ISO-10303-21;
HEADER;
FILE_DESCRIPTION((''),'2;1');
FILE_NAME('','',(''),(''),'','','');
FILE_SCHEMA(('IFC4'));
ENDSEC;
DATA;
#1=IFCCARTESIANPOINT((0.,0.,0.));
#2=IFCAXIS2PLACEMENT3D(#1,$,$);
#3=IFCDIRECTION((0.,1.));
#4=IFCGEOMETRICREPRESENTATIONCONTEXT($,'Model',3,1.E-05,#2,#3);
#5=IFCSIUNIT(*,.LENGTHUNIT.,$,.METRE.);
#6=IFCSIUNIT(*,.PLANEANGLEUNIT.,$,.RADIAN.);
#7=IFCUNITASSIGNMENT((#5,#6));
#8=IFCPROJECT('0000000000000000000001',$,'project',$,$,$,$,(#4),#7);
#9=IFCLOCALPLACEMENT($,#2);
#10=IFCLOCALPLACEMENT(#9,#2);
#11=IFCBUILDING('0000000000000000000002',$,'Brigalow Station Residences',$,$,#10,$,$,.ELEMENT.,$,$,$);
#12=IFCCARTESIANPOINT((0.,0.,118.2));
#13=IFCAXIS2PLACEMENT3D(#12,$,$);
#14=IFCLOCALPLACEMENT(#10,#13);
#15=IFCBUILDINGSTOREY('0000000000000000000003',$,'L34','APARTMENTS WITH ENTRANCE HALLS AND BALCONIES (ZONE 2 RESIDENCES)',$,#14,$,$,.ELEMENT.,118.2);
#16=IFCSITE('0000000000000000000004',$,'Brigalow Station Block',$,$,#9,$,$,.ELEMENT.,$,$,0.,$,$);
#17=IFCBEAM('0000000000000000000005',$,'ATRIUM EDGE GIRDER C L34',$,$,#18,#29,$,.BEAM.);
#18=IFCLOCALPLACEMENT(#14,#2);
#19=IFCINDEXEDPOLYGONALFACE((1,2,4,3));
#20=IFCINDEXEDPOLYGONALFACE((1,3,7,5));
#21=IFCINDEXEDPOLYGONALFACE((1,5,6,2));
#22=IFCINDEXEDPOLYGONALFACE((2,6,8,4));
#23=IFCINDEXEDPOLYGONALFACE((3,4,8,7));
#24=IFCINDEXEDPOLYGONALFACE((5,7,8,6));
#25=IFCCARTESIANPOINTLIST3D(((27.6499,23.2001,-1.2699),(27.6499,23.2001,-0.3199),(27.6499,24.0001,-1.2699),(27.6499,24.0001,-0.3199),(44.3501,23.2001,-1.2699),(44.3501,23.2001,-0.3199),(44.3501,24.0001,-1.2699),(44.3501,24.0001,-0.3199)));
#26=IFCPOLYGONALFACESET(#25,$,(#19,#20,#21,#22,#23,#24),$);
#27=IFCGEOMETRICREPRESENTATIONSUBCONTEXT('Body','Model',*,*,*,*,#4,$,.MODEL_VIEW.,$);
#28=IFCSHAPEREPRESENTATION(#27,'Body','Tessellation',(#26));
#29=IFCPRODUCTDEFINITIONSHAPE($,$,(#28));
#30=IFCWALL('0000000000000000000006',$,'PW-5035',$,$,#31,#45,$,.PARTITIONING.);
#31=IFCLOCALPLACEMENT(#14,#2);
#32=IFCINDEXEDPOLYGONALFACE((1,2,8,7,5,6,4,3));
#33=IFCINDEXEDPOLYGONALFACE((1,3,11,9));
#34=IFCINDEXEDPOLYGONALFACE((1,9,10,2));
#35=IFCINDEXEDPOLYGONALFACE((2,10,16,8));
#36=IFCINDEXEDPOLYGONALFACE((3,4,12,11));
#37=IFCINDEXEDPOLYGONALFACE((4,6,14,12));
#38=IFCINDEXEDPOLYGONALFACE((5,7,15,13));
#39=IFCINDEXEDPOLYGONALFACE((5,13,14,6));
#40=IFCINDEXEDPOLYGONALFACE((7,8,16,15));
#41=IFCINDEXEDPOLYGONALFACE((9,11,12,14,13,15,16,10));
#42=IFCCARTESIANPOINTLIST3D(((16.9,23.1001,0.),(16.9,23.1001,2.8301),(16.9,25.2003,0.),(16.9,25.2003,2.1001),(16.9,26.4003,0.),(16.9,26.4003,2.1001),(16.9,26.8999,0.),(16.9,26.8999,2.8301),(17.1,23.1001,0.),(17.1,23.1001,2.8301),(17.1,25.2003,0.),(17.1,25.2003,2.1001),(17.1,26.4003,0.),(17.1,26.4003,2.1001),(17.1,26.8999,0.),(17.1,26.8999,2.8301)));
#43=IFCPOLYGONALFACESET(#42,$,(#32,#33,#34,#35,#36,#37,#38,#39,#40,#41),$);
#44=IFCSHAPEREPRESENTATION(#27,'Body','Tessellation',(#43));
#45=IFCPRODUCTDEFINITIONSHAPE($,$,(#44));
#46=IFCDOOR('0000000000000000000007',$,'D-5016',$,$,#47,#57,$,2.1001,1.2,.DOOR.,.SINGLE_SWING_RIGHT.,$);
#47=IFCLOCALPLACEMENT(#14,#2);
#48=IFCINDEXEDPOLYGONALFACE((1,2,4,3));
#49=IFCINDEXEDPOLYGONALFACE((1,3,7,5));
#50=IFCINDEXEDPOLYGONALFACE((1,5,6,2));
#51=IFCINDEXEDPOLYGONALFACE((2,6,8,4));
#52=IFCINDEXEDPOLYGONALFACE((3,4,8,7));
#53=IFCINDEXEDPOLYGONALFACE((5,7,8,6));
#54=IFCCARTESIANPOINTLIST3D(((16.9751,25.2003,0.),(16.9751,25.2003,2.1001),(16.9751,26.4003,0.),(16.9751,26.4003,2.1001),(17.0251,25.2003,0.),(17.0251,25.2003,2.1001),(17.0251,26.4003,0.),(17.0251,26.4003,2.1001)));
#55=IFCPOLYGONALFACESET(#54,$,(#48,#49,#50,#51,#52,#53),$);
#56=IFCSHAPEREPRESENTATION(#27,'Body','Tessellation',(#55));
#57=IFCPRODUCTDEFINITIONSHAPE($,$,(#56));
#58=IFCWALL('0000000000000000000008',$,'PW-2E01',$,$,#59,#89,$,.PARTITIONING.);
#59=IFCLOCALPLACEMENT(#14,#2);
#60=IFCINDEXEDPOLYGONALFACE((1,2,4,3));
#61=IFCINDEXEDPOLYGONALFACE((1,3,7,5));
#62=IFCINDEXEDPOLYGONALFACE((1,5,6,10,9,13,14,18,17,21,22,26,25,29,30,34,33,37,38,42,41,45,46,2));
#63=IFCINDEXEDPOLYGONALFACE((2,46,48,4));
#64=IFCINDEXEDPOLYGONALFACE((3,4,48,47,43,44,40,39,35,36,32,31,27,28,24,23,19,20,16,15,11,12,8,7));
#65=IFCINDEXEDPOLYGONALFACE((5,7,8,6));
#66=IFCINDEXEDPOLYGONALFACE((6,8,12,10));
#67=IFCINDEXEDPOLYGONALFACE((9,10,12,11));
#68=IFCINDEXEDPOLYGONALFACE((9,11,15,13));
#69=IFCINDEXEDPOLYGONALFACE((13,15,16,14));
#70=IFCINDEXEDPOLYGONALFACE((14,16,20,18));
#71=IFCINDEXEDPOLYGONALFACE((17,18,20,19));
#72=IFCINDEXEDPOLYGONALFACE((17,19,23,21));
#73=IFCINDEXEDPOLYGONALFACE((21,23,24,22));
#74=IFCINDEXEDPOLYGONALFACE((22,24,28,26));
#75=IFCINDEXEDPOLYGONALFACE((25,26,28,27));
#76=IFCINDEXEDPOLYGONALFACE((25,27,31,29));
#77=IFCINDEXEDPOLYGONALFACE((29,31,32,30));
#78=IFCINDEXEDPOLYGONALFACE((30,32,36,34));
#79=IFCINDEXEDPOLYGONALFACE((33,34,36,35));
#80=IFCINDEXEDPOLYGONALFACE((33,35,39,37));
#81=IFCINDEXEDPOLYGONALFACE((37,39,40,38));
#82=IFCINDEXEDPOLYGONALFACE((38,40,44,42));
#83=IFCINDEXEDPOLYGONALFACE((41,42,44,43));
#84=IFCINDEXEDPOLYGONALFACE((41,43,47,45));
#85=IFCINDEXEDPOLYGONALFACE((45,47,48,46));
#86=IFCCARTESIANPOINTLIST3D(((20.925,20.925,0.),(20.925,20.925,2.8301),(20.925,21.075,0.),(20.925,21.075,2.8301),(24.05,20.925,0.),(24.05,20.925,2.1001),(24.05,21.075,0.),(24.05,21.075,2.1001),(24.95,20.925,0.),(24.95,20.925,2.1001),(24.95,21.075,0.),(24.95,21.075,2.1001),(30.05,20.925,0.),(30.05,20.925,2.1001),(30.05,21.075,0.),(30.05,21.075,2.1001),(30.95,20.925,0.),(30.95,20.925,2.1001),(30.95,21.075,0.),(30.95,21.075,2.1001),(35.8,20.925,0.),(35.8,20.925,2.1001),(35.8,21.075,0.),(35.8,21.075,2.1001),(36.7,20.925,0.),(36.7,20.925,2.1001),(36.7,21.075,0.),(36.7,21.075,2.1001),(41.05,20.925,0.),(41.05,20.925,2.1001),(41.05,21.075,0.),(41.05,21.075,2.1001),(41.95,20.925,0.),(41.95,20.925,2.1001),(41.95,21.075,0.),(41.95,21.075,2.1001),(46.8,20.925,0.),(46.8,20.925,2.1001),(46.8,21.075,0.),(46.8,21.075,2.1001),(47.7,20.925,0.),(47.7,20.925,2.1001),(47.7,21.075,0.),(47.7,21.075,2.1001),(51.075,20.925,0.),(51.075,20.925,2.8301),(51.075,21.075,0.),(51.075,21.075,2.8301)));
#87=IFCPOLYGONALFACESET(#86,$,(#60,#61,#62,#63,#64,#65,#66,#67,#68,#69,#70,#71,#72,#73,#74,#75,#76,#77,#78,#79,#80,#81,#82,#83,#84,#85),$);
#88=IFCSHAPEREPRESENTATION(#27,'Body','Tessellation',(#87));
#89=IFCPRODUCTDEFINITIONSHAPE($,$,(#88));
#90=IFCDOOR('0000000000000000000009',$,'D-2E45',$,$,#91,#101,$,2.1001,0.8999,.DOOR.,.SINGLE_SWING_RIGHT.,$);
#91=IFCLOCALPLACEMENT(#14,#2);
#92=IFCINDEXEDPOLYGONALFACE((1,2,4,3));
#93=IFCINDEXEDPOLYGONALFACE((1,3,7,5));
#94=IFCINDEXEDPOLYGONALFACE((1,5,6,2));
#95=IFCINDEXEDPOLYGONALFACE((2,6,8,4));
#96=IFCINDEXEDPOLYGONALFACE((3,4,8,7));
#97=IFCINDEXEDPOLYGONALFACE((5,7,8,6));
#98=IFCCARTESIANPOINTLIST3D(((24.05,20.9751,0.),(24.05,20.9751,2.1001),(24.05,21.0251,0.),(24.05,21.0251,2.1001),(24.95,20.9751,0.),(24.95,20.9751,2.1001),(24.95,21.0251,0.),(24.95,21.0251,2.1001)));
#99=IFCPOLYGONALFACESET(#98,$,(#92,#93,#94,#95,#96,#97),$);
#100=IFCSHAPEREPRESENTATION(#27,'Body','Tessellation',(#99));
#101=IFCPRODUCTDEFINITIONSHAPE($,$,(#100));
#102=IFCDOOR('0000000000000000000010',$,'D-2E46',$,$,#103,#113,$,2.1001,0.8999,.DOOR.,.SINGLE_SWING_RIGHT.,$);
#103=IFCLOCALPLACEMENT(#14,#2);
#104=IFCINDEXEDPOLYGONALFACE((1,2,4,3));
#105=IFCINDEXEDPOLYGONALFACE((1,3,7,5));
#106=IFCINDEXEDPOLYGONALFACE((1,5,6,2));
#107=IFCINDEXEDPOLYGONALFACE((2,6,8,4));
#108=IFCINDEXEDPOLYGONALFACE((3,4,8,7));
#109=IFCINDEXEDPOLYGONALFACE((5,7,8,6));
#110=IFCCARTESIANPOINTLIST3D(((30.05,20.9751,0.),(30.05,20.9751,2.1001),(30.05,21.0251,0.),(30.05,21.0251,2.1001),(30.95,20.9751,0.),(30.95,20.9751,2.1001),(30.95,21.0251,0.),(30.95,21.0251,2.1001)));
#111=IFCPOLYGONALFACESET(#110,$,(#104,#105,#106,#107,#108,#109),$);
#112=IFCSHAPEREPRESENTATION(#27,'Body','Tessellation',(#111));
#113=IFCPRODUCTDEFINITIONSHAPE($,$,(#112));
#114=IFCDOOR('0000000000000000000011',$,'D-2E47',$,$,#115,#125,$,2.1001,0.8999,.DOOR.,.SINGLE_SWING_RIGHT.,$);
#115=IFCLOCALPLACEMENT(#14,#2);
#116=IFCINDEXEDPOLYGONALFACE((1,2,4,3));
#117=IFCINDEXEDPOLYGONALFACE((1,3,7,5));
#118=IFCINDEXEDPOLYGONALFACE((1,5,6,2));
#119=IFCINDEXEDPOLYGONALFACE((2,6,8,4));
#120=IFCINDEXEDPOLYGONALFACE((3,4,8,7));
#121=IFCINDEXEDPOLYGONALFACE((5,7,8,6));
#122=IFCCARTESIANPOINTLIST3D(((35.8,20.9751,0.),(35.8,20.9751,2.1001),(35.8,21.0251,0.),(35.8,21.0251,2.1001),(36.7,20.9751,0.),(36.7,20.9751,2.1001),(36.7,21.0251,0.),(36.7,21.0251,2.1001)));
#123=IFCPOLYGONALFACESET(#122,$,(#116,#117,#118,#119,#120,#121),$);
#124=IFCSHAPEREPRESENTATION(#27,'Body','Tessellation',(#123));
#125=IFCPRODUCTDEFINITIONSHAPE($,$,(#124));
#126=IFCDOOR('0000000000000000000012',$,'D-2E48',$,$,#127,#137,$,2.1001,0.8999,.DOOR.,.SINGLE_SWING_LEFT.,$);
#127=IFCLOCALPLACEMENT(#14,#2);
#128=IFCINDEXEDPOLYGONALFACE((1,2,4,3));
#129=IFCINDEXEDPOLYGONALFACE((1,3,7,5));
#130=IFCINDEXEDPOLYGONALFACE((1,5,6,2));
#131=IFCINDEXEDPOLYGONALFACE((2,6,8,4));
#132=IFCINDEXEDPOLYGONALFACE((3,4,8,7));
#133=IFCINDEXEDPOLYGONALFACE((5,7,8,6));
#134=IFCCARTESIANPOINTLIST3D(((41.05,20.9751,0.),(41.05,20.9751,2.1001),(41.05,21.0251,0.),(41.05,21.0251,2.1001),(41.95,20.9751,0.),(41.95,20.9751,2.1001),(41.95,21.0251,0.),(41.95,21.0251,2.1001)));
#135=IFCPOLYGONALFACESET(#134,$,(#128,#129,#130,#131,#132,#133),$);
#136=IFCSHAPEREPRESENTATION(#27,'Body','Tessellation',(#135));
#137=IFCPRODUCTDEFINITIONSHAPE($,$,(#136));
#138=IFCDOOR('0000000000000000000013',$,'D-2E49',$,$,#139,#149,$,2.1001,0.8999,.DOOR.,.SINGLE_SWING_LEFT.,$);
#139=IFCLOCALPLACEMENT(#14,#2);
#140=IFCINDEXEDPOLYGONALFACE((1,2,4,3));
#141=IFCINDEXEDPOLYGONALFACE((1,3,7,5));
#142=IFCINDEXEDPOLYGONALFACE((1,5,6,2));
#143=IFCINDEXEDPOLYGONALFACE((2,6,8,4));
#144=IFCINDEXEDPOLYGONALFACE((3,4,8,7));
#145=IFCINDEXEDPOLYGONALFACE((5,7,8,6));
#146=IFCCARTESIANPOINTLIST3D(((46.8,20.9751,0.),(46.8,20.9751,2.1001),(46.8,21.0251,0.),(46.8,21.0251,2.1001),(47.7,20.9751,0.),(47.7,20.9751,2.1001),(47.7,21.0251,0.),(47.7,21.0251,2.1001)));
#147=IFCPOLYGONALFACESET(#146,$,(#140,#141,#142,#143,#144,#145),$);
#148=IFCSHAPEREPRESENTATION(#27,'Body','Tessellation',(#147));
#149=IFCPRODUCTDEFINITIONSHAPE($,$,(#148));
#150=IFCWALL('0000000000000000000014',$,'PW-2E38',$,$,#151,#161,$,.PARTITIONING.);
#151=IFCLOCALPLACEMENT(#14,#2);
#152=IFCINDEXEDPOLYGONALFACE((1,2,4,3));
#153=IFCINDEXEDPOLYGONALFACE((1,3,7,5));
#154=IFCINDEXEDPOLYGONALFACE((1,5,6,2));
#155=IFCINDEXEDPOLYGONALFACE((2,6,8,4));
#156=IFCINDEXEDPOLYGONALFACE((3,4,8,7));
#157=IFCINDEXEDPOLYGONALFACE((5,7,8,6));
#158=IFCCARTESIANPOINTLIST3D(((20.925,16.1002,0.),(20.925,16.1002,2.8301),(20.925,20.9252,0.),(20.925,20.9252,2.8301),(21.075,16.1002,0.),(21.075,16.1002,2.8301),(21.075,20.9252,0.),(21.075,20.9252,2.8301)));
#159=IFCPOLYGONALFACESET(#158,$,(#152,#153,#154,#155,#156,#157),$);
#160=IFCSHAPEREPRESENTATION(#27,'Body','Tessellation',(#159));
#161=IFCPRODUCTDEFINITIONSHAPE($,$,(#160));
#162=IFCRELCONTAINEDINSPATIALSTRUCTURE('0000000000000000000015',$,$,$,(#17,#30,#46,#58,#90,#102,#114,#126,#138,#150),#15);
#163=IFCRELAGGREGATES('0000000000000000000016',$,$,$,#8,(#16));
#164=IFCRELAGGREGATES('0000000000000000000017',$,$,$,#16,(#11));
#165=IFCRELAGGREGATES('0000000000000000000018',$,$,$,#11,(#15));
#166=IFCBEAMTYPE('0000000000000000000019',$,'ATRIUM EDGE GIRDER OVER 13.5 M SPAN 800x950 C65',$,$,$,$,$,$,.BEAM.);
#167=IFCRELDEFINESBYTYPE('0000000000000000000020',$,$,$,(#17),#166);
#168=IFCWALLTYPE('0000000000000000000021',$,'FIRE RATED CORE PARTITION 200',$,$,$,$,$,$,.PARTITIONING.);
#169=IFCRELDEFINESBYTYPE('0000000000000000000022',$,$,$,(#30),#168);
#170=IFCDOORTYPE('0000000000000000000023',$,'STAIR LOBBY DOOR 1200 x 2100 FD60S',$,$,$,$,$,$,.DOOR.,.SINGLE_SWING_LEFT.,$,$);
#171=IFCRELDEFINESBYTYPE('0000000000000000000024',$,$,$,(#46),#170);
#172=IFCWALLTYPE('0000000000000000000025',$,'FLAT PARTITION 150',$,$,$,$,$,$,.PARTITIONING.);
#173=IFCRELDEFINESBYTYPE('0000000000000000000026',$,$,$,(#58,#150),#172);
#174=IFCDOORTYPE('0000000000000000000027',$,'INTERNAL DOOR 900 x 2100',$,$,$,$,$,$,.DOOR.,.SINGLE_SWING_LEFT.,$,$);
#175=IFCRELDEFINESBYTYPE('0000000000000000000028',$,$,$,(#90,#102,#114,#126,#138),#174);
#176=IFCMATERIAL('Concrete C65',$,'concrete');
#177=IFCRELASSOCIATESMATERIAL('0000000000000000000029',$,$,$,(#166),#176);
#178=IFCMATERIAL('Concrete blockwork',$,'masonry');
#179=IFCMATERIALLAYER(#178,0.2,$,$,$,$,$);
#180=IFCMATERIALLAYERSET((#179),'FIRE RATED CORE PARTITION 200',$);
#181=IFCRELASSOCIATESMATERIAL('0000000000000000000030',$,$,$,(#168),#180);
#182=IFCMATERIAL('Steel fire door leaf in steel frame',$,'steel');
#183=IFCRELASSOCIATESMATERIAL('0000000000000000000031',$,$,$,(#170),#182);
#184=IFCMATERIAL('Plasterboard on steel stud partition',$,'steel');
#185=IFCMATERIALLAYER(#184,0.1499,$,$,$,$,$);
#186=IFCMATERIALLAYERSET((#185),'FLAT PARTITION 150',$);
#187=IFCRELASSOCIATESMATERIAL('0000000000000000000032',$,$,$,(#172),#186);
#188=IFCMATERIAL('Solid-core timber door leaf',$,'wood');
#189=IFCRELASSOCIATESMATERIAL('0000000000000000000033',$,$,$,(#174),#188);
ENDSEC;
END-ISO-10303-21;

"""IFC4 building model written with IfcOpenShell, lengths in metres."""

from ifc_helpers import new_model, si_unit, direction, frame, frame_2d, origin, origin_2d, place, context, subcontext, project, spatial, rectangle, extrude, material, layer, layer_set, material_profile, profile_set, type_object, element, fill, save


model = new_model("IFC4")

# Units and contexts
model_context = context("Model", 3, precision=1e-05, world=origin(), true_north=direction((0.0, 1.0)))
body_context = subcontext(model_context, "Body", "Model", "MODEL_VIEW")
ifc_project = project(units=[si_unit("LENGTHUNIT", "METRE"), si_unit("PLANEANGLEUNIT", "RADIAN")], contexts=[model_context])

# Site, building, storey
site_placement = place(None, origin())
site = spatial("IfcSite", under=ifc_project, at=site_placement, Name="Brigalow Station Block", CompositionType="ELEMENT", RefElevation=0.0)
building_placement = place(site_placement, origin())
building = spatial("IfcBuilding", under=site, at=building_placement, Name="Brigalow Station Residences", CompositionType="ELEMENT")
storey_placement = place(building_placement, frame((0.0, 0.0, 118.2)))
storey = spatial("IfcBuildingStorey", under=building, at=storey_placement, Name="L34", Description="APARTMENTS WITH ENTRANCE HALLS AND BALCONIES (ZONE 2 RESIDENCES)", CompositionType="ELEMENT", Elevation=118.2)

# Beam
ifc_material_1 = material(Name="Concrete C65", Category="concrete")
ifc_material_profile = material_profile(ifc_material_1, rectangle(XDim=0.8, YDim=0.95, at=origin_2d()), Name="RC800x950")
ifc_profile_set = profile_set([ifc_material_profile], Name="Concrete C65")
beam_type = type_object("IfcBeamType", Name="ATRIUM EDGE GIRDER OVER 13.5 M SPAN 800x950 C65", PredefinedType="BEAM", material=ifc_profile_set)
beam_placement = place(storey_placement, frame((27.6499, 23.6001, -0.7949), z_axis=(1.0, 0.0, 0.0), x_axis=(0.0, 1.0, 0.0)))
element("IfcBeam", 1, at=beam_placement, inside=storey, type_object=beam_type, Name="ATRIUM EDGE GIRDER C L34", PredefinedType="BEAM", context=body_context, shape_type="SweptSolid", body=[
    extrude(rectangle(XDim=0.8, YDim=0.95, at=origin_2d()), origin(), (0.0, 0.0, 1.0), 16.7002),
])

# Wall, opening, door
ifc_material_2 = material(Name="Concrete blockwork", Category="masonry")
ifc_layer_1 = layer(ifc_material_2, 0.2)
ifc_layer_set_1 = layer_set([ifc_layer_1], Name="FIRE RATED CORE PARTITION 200")
wall_type_1 = type_object("IfcWallType", Name="FIRE RATED CORE PARTITION 200", PredefinedType="PARTITIONING", material=ifc_layer_set_1)
wall_1_placement = place(storey_placement, frame((17.0, 23.1001, 0.0), z_axis=(0.0, 0.0, 1.0), x_axis=(0.0, 1.0, 0.0)))
wall_1 = element("IfcWall", 2, at=wall_1_placement, inside=storey, type_object=wall_type_1, Name="PW-5035", PredefinedType="PARTITIONING", context=body_context, shape_type="SweptSolid", body=[
    extrude(rectangle(XDim=3.7998, YDim=0.2, at=frame_2d((1.8999, 0.0))), origin(), (0.0, 0.0, 1.0), 2.8301),
])
opening_1_placement = place(wall_1_placement, frame((2.1001, 0.0, 0.0)))
opening_1 = element("IfcOpeningElement", 3, at=opening_1_placement, cuts=wall_1, PredefinedType="OPENING", context=body_context, shape_type="SweptSolid", body=[
    extrude(rectangle(XDim=1.2, YDim=2.1001, at=frame_2d((0.6001, 1.05))), frame((0.0, 0.1099, 0.0), z_axis=(0.0, -1.0, 0.0), x_axis=(1.0, 0.0, 0.0)), (0.0, 0.0, 1.0), 0.22),
])
ifc_material_3 = material(Name="Steel fire door leaf in steel frame", Category="steel")
door_type_1 = type_object("IfcDoorType", Name="STAIR LOBBY DOOR 1200 x 2100 FD60S", OperationType="SINGLE_SWING_LEFT", PredefinedType="DOOR", material=ifc_material_3)
door_1_placement = place(opening_1_placement, origin())
door_1 = element("IfcDoor", 4, at=door_1_placement, inside=storey, type_object=door_type_1, Name="D-5016", OperationType="SINGLE_SWING_RIGHT", OverallHeight=2.1001, OverallWidth=1.2, PredefinedType="DOOR", context=body_context, shape_type="SweptSolid", body=[
    extrude(rectangle(XDim=1.2, YDim=2.1001, at=frame_2d((0.6001, 1.05))), frame((0.0, 0.0249, 0.0), z_axis=(0.0, -1.0, 0.0), x_axis=(1.0, 0.0, 0.0)), (0.0, 0.0, 1.0), 0.05),
])
fill(opening_1, door_1)

# Wall, openings, doors
ifc_material_4 = material(Name="Plasterboard on steel stud partition", Category="steel")
ifc_layer_2 = layer(ifc_material_4, 0.1499)
ifc_layer_set_2 = layer_set([ifc_layer_2], Name="FLAT PARTITION 150")
wall_type_2 = type_object("IfcWallType", Name="FLAT PARTITION 150", PredefinedType="PARTITIONING", material=ifc_layer_set_2)
wall_2_placement = place(storey_placement, frame((20.925, 21.0, 0.0), z_axis=(0.0, 0.0, 1.0), x_axis=(1.0, 0.0, 0.0)))
wall_2 = element("IfcWall", 5, at=wall_2_placement, inside=storey, type_object=wall_type_2, Name="PW-2E01", PredefinedType="PARTITIONING", context=body_context, shape_type="SweptSolid", body=[
    extrude(rectangle(XDim=30.1499, YDim=0.1499, at=frame_2d((15.075, 0.0))), origin(), (0.0, 0.0, 1.0), 2.8301),
])
opening_2_placement = place(wall_2_placement, frame((3.125, 0.0, 0.0)))
opening_2 = element("IfcOpeningElement", 6, at=opening_2_placement, cuts=wall_2, PredefinedType="OPENING", context=body_context, shape_type="SweptSolid", body=[
    extrude(rectangle(XDim=0.8999, YDim=2.1001, at=frame_2d((0.45, 1.05))), frame((0.0, 0.085, 0.0), z_axis=(0.0, -1.0, 0.0), x_axis=(1.0, 0.0, 0.0)), (0.0, 0.0, 1.0), 0.1699),
])
opening_3_placement = place(wall_2_placement, frame((9.125, 0.0, 0.0)))
opening_3 = element("IfcOpeningElement", 7, at=opening_3_placement, cuts=wall_2, PredefinedType="OPENING", context=body_context, shape_type="SweptSolid", body=[
    extrude(rectangle(XDim=0.8999, YDim=2.1001, at=frame_2d((0.45, 1.05))), frame((0.0, 0.085, 0.0), z_axis=(0.0, -1.0, 0.0), x_axis=(1.0, 0.0, 0.0)), (0.0, 0.0, 1.0), 0.1699),
])
opening_4_placement = place(wall_2_placement, frame((14.875, 0.0, 0.0)))
opening_4 = element("IfcOpeningElement", 8, at=opening_4_placement, cuts=wall_2, PredefinedType="OPENING", context=body_context, shape_type="SweptSolid", body=[
    extrude(rectangle(XDim=0.8999, YDim=2.1001, at=frame_2d((0.45, 1.05))), frame((0.0, 0.085, 0.0), z_axis=(0.0, -1.0, 0.0), x_axis=(1.0, 0.0, 0.0)), (0.0, 0.0, 1.0), 0.1699),
])
opening_5_placement = place(wall_2_placement, frame((20.125, 0.0, 0.0)))
opening_5 = element("IfcOpeningElement", 9, at=opening_5_placement, cuts=wall_2, PredefinedType="OPENING", context=body_context, shape_type="SweptSolid", body=[
    extrude(rectangle(XDim=0.8999, YDim=2.1001, at=frame_2d((0.45, 1.05))), frame((0.0, 0.085, 0.0), z_axis=(0.0, -1.0, 0.0), x_axis=(1.0, 0.0, 0.0)), (0.0, 0.0, 1.0), 0.1699),
])
opening_6_placement = place(wall_2_placement, frame((25.875, 0.0, 0.0)))
opening_6 = element("IfcOpeningElement", 10, at=opening_6_placement, cuts=wall_2, PredefinedType="OPENING", context=body_context, shape_type="SweptSolid", body=[
    extrude(rectangle(XDim=0.8999, YDim=2.1001, at=frame_2d((0.45, 1.05))), frame((0.0, 0.085, 0.0), z_axis=(0.0, -1.0, 0.0), x_axis=(1.0, 0.0, 0.0)), (0.0, 0.0, 1.0), 0.1699),
])
ifc_material_5 = material(Name="Solid-core timber door leaf", Category="wood")
door_type_2 = type_object("IfcDoorType", Name="INTERNAL DOOR 900 x 2100", OperationType="SINGLE_SWING_LEFT", PredefinedType="DOOR", material=ifc_material_5)
door_2_placement = place(opening_2_placement, frame((0.8999, 0.0, 0.0), z_axis=(0.0, 0.0, 1.0), x_axis=(-1.0, 0.0, 0.0)))
door_2 = element("IfcDoor", 11, at=door_2_placement, inside=storey, type_object=door_type_2, Name="D-2E45", OperationType="SINGLE_SWING_RIGHT", OverallHeight=2.1001, OverallWidth=0.8999, PredefinedType="DOOR", context=body_context, shape_type="SweptSolid", body=[
    extrude(rectangle(XDim=0.8999, YDim=2.1001, at=frame_2d((0.45, 1.05))), frame((0.0, 0.0249, 0.0), z_axis=(0.0, -1.0, 0.0), x_axis=(1.0, 0.0, 0.0)), (0.0, 0.0, 1.0), 0.05),
])
fill(opening_2, door_2)
door_3_placement = place(opening_3_placement, frame((0.8999, 0.0, 0.0), z_axis=(0.0, 0.0, 1.0), x_axis=(-1.0, 0.0, 0.0)))
door_3 = element("IfcDoor", 12, at=door_3_placement, inside=storey, type_object=door_type_2, Name="D-2E46", OperationType="SINGLE_SWING_RIGHT", OverallHeight=2.1001, OverallWidth=0.8999, PredefinedType="DOOR", context=body_context, shape_type="SweptSolid", body=[
    extrude(rectangle(XDim=0.8999, YDim=2.1001, at=frame_2d((0.45, 1.05))), frame((0.0, 0.0249, 0.0), z_axis=(0.0, -1.0, 0.0), x_axis=(1.0, 0.0, 0.0)), (0.0, 0.0, 1.0), 0.05),
])
fill(opening_3, door_3)
door_4_placement = place(opening_4_placement, frame((0.8999, 0.0, 0.0), z_axis=(0.0, 0.0, 1.0), x_axis=(-1.0, 0.0, 0.0)))
door_4 = element("IfcDoor", 13, at=door_4_placement, inside=storey, type_object=door_type_2, Name="D-2E47", OperationType="SINGLE_SWING_RIGHT", OverallHeight=2.1001, OverallWidth=0.8999, PredefinedType="DOOR", context=body_context, shape_type="SweptSolid", body=[
    extrude(rectangle(XDim=0.8999, YDim=2.1001, at=frame_2d((0.45, 1.05))), frame((0.0, 0.0249, 0.0), z_axis=(0.0, -1.0, 0.0), x_axis=(1.0, 0.0, 0.0)), (0.0, 0.0, 1.0), 0.05),
])
fill(opening_4, door_4)
door_5_placement = place(opening_5_placement, frame((0.8999, 0.0, 0.0), z_axis=(0.0, 0.0, 1.0), x_axis=(-1.0, 0.0, 0.0)))
door_5 = element("IfcDoor", 14, at=door_5_placement, inside=storey, type_object=door_type_2, Name="D-2E48", OperationType="SINGLE_SWING_LEFT", OverallHeight=2.1001, OverallWidth=0.8999, PredefinedType="DOOR", context=body_context, shape_type="SweptSolid", body=[
    extrude(rectangle(XDim=0.8999, YDim=2.1001, at=frame_2d((0.45, 1.05))), frame((0.0, 0.0249, 0.0), z_axis=(0.0, -1.0, 0.0), x_axis=(1.0, 0.0, 0.0)), (0.0, 0.0, 1.0), 0.05),
])
fill(opening_5, door_5)
door_6_placement = place(opening_6_placement, frame((0.8999, 0.0, 0.0), z_axis=(0.0, 0.0, 1.0), x_axis=(-1.0, 0.0, 0.0)))
door_6 = element("IfcDoor", 15, at=door_6_placement, inside=storey, type_object=door_type_2, Name="D-2E49", OperationType="SINGLE_SWING_LEFT", OverallHeight=2.1001, OverallWidth=0.8999, PredefinedType="DOOR", context=body_context, shape_type="SweptSolid", body=[
    extrude(rectangle(XDim=0.8999, YDim=2.1001, at=frame_2d((0.45, 1.05))), frame((0.0, 0.0249, 0.0), z_axis=(0.0, -1.0, 0.0), x_axis=(1.0, 0.0, 0.0)), (0.0, 0.0, 1.0), 0.05),
])
fill(opening_6, door_6)

# Wall
wall_3_placement = place(storey_placement, frame((21.0, 16.1001, 0.0), z_axis=(0.0, 0.0, 1.0), x_axis=(0.0, 1.0, 0.0)))
element("IfcWall", 16, at=wall_3_placement, inside=storey, type_object=wall_type_2, Name="PW-2E38", PredefinedType="PARTITIONING", context=body_context, shape_type="SweptSolid", body=[
    extrude(rectangle(XDim=4.825, YDim=0.1499, at=frame_2d((2.4126, 0.0))), origin(), (0.0, 0.0, 1.0), 2.8301),
])

save(model, "model.ifc")
